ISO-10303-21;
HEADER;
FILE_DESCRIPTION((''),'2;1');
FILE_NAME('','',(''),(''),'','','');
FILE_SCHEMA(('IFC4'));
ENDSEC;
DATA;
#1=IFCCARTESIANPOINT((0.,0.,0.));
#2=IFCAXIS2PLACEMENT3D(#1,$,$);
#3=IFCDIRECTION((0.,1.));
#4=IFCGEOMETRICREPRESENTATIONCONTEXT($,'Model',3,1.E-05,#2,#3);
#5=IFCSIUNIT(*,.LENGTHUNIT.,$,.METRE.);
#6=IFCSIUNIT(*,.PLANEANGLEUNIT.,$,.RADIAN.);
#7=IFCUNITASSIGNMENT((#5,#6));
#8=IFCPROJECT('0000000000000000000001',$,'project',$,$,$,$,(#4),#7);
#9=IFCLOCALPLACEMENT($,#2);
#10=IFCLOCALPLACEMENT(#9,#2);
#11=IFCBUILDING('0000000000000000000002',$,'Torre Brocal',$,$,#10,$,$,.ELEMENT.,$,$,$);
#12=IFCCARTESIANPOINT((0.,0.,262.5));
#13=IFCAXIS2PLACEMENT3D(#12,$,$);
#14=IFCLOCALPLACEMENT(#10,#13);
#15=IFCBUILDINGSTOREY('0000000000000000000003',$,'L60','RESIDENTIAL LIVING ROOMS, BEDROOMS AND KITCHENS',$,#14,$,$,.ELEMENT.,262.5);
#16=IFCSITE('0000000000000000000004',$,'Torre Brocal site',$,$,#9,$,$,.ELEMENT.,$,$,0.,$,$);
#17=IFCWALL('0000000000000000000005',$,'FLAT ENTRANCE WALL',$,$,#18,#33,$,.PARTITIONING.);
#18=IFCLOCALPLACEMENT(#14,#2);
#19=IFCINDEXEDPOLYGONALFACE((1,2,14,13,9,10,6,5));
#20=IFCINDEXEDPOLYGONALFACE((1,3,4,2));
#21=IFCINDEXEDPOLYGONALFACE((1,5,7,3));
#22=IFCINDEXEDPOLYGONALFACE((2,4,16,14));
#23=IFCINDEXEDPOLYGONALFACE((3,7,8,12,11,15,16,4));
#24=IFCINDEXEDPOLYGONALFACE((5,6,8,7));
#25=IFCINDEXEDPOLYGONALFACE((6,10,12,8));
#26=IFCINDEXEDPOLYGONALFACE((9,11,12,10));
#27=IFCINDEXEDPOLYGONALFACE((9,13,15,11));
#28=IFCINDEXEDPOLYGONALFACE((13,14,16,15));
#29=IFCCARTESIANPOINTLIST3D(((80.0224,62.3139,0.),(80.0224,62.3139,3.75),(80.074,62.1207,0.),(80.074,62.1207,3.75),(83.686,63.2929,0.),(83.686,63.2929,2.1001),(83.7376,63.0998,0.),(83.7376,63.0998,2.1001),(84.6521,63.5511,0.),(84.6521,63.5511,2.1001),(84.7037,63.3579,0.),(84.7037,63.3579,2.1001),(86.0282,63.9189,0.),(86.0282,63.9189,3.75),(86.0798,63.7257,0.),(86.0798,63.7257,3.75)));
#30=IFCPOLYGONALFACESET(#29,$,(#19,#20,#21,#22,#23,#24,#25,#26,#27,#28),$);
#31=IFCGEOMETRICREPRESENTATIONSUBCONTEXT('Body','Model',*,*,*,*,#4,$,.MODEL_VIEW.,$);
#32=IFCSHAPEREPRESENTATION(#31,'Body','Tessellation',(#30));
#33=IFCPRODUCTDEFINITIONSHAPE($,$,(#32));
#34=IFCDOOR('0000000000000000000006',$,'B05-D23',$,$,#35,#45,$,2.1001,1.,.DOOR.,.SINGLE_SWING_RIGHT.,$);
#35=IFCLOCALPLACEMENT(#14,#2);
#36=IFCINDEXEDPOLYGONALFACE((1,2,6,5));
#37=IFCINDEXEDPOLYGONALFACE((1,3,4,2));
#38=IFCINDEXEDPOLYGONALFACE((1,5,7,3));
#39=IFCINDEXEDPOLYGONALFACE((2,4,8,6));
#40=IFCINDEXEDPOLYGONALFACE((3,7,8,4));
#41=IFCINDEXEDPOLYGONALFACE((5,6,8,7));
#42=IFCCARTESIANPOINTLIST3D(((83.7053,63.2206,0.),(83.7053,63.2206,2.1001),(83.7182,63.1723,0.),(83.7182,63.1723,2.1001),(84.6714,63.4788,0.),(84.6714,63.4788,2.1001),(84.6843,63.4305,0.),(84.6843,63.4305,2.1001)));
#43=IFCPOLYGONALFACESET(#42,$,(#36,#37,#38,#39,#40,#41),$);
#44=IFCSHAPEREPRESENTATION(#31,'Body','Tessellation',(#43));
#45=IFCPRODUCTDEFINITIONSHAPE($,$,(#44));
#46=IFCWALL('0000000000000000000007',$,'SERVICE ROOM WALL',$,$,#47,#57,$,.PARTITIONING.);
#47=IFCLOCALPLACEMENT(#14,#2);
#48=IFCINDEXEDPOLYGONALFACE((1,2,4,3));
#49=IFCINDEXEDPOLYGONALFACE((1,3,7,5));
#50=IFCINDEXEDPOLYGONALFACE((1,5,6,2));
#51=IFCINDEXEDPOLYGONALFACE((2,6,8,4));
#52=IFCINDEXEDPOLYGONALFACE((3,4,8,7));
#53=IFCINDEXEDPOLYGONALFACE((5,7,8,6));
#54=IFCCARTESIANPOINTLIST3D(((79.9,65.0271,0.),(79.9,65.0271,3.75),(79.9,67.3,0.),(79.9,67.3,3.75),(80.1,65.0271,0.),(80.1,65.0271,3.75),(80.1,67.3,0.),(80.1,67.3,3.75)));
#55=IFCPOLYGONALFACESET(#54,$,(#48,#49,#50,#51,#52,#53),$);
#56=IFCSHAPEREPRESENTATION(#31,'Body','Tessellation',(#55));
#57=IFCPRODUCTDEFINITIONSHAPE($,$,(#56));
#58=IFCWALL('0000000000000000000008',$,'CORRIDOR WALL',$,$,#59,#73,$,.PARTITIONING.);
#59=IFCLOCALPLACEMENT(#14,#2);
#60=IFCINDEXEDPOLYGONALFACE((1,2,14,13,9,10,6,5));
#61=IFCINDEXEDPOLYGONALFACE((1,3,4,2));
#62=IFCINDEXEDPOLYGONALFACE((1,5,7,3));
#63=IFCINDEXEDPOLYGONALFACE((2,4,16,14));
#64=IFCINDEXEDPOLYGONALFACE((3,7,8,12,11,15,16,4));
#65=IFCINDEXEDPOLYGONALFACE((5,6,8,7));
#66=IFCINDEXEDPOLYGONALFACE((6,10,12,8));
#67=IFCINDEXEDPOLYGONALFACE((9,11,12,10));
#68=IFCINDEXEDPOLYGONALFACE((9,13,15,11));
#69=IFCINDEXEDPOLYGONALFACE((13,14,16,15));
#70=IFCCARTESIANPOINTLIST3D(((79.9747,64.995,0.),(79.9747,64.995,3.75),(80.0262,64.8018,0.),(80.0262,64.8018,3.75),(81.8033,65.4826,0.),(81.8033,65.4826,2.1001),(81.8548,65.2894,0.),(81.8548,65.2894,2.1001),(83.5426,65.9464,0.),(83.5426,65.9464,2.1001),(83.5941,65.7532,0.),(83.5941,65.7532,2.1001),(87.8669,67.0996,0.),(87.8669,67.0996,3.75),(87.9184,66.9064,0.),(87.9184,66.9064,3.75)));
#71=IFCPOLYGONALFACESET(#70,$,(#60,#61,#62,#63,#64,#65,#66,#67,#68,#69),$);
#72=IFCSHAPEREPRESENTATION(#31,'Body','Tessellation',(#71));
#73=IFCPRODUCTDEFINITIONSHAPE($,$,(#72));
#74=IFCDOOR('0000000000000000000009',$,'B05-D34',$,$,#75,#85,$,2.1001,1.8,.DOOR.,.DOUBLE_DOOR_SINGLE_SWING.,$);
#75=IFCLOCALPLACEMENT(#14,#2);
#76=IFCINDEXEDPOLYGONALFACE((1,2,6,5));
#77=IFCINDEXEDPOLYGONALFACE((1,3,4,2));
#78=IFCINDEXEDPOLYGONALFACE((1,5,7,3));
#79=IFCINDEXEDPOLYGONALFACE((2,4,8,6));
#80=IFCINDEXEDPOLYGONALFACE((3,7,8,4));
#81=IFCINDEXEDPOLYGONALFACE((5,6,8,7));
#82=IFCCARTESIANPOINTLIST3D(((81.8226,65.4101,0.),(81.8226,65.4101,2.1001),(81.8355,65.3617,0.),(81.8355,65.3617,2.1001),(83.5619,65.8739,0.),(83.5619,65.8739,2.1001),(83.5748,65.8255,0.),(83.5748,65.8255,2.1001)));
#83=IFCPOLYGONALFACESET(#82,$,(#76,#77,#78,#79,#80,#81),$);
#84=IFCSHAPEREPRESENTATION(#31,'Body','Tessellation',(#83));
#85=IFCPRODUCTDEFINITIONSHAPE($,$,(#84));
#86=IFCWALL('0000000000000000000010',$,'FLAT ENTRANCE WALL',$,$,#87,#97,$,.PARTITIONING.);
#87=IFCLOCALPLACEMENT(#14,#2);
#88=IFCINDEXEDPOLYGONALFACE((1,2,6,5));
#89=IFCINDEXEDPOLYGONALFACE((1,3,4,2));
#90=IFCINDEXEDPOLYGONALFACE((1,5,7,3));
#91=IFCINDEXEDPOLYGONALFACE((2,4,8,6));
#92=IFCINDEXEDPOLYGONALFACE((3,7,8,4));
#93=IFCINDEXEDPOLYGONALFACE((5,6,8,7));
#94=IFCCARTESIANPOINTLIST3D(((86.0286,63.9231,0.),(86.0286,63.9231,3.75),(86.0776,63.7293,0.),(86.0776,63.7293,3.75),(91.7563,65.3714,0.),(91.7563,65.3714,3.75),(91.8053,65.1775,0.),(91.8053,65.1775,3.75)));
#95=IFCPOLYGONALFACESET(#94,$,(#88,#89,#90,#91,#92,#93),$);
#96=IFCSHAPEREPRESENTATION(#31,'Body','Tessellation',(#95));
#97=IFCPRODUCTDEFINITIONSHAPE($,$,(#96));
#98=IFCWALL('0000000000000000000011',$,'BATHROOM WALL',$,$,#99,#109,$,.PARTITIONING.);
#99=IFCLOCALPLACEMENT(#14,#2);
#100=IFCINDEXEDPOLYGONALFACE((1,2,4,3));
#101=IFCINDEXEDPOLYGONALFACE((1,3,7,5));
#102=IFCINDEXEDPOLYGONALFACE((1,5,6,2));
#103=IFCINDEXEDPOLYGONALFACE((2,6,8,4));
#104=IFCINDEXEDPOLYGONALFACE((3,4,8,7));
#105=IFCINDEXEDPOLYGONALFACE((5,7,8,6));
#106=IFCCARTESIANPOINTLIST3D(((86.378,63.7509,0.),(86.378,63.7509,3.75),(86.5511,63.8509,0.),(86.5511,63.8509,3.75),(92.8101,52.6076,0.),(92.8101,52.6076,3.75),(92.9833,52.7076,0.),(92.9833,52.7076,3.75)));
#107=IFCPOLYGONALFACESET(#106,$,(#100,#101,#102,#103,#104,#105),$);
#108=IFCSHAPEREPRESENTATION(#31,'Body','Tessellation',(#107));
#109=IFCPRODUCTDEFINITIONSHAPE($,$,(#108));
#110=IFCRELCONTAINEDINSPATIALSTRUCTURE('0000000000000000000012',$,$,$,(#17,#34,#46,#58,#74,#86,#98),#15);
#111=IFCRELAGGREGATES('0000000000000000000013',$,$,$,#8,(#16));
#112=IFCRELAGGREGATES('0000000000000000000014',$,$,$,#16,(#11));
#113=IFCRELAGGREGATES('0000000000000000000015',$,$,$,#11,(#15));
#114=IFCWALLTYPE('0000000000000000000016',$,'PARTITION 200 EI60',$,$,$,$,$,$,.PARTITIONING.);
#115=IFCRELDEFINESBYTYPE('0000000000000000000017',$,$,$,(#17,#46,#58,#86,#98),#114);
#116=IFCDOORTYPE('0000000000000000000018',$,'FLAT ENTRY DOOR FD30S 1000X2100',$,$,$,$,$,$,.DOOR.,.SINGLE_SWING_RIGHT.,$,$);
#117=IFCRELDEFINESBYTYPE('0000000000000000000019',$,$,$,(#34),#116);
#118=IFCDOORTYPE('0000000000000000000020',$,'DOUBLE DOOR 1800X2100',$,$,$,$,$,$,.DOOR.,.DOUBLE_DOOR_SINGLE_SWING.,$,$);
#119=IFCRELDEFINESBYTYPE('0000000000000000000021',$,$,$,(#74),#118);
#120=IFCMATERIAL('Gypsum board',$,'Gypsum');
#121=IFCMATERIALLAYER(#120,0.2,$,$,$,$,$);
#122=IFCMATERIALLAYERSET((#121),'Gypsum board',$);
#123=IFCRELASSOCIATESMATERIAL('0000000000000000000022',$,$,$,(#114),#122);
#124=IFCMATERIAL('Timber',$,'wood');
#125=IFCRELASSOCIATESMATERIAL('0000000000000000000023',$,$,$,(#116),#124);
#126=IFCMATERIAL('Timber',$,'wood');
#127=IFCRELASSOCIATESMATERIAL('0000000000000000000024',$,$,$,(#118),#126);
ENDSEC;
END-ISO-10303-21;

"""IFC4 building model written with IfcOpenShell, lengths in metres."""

from ifc_helpers import new_model, si_unit, direction, frame, frame_2d, origin, place, context, subcontext, project, spatial, rectangle, extrude, material, layer, layer_set, type_object, element, fill, save


model = new_model("IFC4")

# Units and contexts
model_context = context("Model", 3, precision=1e-05, world=origin(), true_north=direction((0.0, 1.0)))
body_context = subcontext(model_context, "Body", "Model", "MODEL_VIEW")
ifc_project = project(units=[si_unit("LENGTHUNIT", "METRE"), si_unit("PLANEANGLEUNIT", "RADIAN")], contexts=[model_context])

# Site, building, storey
site_placement = place(None, origin())
site = spatial("IfcSite", under=ifc_project, at=site_placement, Name="Torre Brocal site", CompositionType="ELEMENT", RefElevation=0.0)
building_placement = place(site_placement, origin())
building = spatial("IfcBuilding", under=site, at=building_placement, Name="Torre Brocal", CompositionType="ELEMENT")
storey_placement = place(building_placement, frame((0.0, 0.0, 262.5)))
storey = spatial("IfcBuildingStorey", under=building, at=storey_placement, Name="L60", Description="RESIDENTIAL LIVING ROOMS, BEDROOMS AND KITCHENS", CompositionType="ELEMENT", Elevation=262.5)

# Wall, opening, door
ifc_material_1 = material(Name="Gypsum board", Category="Gypsum")
ifc_layer_1 = layer(ifc_material_1, 0.2)
ifc_layer_set_1 = layer_set([ifc_layer_1], Name="Gypsum board")
wall_type_1 = type_object("IfcWallType", Name="PARTITION 200 EI60", PredefinedType="PARTITIONING", material=ifc_layer_set_1)
wall_1_placement = place(storey_placement, frame((80.0481, 62.2173, 0.0), z_axis=(0.0, 0.0, 1.0), x_axis=(0.966098, 0.258176, 0.0)))
wall_1 = element("IfcWall", 1, at=wall_1_placement, inside=storey, type_object=wall_type_1, Name="FLAT ENTRANCE WALL", PredefinedType="PARTITIONING", context=body_context, shape_type="SweptSolid", body=[
    extrude(rectangle(XDim=6.2166, YDim=0.2, at=frame_2d((3.1084, 0.0))), origin(), (0.0, 0.0, 1.0), 3.75),
])
opening_1_placement = place(wall_1_placement, frame((3.7922, 0.0, 0.0)))
opening_1 = element("IfcOpeningElement", 2, at=opening_1_placement, cuts=wall_1, PredefinedType="OPENING", context=body_context, shape_type="SweptSolid", body=[
    extrude(rectangle(XDim=1.0, YDim=2.1001, at=frame_2d((0.5, 1.05))), frame((0.0, 0.1099, 0.0), z_axis=(0.0, -1.0, 0.0), x_axis=(1.0, 0.0, 0.0)), (0.0, 0.0, 1.0), 0.22),
])
ifc_material_2 = material(Name="Timber", Category="wood")
door_type_1 = type_object("IfcDoorType", Name="FLAT ENTRY DOOR FD30S 1000X2100", OperationType="SINGLE_SWING_RIGHT", PredefinedType="DOOR", material=ifc_material_2)
door_1_placement = place(opening_1_placement, frame((1.0, 0.0, 0.0), z_axis=(0.0, 0.0, 1.0), x_axis=(-1.0, 0.0, 0.0)))
door_1 = element("IfcDoor", 3, at=door_1_placement, inside=storey, type_object=door_type_1, Name="B05-D23", OperationType="SINGLE_SWING_RIGHT", OverallHeight=2.1001, OverallWidth=1.0, PredefinedType="DOOR", context=body_context, shape_type="SweptSolid", body=[
    extrude(rectangle(XDim=1.0, YDim=2.1001, at=frame_2d((0.5, 1.05))), frame((0.0, 0.0249, 0.0), z_axis=(0.0, -1.0, 0.0), x_axis=(1.0, 0.0, 0.0)), (0.0, 0.0, 1.0), 0.05),
])
fill(opening_1, door_1)

# Wall
wall_2_placement = place(storey_placement, frame((80.0, 65.0271, 0.0), z_axis=(0.0, 0.0, 1.0), x_axis=(0.0, 1.0, 0.0)))
element("IfcWall", 4, at=wall_2_placement, inside=storey, type_object=wall_type_1, Name="SERVICE ROOM WALL", PredefinedType="PARTITIONING", context=body_context, shape_type="SweptSolid", body=[
    extrude(rectangle(XDim=2.2729, YDim=0.2, at=frame_2d((1.1365, 0.0))), origin(), (0.0, 0.0, 1.0), 3.75),
])

# Wall, opening, door
wall_3_placement = place(storey_placement, frame((80.0005, 64.8984, 0.0), z_axis=(0.0, 0.0, 1.0), x_axis=(0.966237, 0.257655, 0.0)))
wall_3 = element("IfcWall", 5, at=wall_3_placement, inside=storey, type_object=wall_type_1, Name="CORRIDOR WALL", PredefinedType="PARTITIONING", context=body_context, shape_type="SweptSolid", body=[
    extrude(rectangle(XDim=8.168, YDim=0.2, at=frame_2d((4.084, 0.0))), origin(), (0.0, 0.0, 1.0), 3.75),
])
opening_2_placement = place(wall_3_placement, frame((1.8926, 0.0, 0.0)))
opening_2 = element("IfcOpeningElement", 6, at=opening_2_placement, cuts=wall_3, PredefinedType="OPENING", context=body_context, shape_type="SweptSolid", body=[
    extrude(rectangle(XDim=1.8, YDim=2.1001, at=frame_2d((0.8999, 1.05))), frame((0.0, 0.1099, 0.0), z_axis=(0.0, -1.0, 0.0), x_axis=(1.0, 0.0, 0.0)), (0.0, 0.0, 1.0), 0.22),
])
ifc_material_3 = material(Name="Timber", Category="wood")
door_type_2 = type_object("IfcDoorType", Name="DOUBLE DOOR 1800X2100", OperationType="DOUBLE_DOOR_SINGLE_SWING", PredefinedType="DOOR", material=ifc_material_3)
door_2_placement = place(opening_2_placement, origin())
door_2 = element("IfcDoor", 7, at=door_2_placement, inside=storey, type_object=door_type_2, Name="B05-D34", OperationType="DOUBLE_DOOR_SINGLE_SWING", OverallHeight=2.1001, OverallWidth=1.8, PredefinedType="DOOR", context=body_context, shape_type="SweptSolid", body=[
    extrude(rectangle(XDim=1.8, YDim=2.1001, at=frame_2d((0.8999, 1.05))), frame((0.0, 0.0249, 0.0), z_axis=(0.0, -1.0, 0.0), x_axis=(1.0, 0.0, 0.0)), (0.0, 0.0, 1.0), 0.05),
])
fill(opening_2, door_2)

# Walls
wall_4_placement = place(storey_placement, frame((86.053, 63.8262, 0.0), z_axis=(0.0, 0.0, 1.0), x_axis=(0.96949, 0.245131, 0.0)))
element("IfcWall", 8, at=wall_4_placement, inside=storey, type_object=wall_type_1, Name="FLAT ENTRANCE WALL", PredefinedType="PARTITIONING", context=body_context, shape_type="SweptSolid", body=[
    extrude(rectangle(XDim=5.908, YDim=0.2, at=frame_2d((2.9541, 0.0))), origin(), (0.0, 0.0, 1.0), 3.75),
])
wall_5_placement = place(storey_placement, frame((86.4646, 63.8008, 0.0), z_axis=(0.0, 0.0, 1.0), x_axis=(0.499915, -0.866075, 0.0)))
element("IfcWall", 9, at=wall_5_placement, inside=storey, type_object=wall_type_1, Name="BATHROOM WALL", PredefinedType="PARTITIONING", context=body_context, shape_type="SweptSolid", body=[
    extrude(rectangle(XDim=12.8665, YDim=0.2, at=frame_2d((6.4331, 0.0))), origin(), (0.0, 0.0, 1.0), 3.75),
])

save(model, "model.ifc")
